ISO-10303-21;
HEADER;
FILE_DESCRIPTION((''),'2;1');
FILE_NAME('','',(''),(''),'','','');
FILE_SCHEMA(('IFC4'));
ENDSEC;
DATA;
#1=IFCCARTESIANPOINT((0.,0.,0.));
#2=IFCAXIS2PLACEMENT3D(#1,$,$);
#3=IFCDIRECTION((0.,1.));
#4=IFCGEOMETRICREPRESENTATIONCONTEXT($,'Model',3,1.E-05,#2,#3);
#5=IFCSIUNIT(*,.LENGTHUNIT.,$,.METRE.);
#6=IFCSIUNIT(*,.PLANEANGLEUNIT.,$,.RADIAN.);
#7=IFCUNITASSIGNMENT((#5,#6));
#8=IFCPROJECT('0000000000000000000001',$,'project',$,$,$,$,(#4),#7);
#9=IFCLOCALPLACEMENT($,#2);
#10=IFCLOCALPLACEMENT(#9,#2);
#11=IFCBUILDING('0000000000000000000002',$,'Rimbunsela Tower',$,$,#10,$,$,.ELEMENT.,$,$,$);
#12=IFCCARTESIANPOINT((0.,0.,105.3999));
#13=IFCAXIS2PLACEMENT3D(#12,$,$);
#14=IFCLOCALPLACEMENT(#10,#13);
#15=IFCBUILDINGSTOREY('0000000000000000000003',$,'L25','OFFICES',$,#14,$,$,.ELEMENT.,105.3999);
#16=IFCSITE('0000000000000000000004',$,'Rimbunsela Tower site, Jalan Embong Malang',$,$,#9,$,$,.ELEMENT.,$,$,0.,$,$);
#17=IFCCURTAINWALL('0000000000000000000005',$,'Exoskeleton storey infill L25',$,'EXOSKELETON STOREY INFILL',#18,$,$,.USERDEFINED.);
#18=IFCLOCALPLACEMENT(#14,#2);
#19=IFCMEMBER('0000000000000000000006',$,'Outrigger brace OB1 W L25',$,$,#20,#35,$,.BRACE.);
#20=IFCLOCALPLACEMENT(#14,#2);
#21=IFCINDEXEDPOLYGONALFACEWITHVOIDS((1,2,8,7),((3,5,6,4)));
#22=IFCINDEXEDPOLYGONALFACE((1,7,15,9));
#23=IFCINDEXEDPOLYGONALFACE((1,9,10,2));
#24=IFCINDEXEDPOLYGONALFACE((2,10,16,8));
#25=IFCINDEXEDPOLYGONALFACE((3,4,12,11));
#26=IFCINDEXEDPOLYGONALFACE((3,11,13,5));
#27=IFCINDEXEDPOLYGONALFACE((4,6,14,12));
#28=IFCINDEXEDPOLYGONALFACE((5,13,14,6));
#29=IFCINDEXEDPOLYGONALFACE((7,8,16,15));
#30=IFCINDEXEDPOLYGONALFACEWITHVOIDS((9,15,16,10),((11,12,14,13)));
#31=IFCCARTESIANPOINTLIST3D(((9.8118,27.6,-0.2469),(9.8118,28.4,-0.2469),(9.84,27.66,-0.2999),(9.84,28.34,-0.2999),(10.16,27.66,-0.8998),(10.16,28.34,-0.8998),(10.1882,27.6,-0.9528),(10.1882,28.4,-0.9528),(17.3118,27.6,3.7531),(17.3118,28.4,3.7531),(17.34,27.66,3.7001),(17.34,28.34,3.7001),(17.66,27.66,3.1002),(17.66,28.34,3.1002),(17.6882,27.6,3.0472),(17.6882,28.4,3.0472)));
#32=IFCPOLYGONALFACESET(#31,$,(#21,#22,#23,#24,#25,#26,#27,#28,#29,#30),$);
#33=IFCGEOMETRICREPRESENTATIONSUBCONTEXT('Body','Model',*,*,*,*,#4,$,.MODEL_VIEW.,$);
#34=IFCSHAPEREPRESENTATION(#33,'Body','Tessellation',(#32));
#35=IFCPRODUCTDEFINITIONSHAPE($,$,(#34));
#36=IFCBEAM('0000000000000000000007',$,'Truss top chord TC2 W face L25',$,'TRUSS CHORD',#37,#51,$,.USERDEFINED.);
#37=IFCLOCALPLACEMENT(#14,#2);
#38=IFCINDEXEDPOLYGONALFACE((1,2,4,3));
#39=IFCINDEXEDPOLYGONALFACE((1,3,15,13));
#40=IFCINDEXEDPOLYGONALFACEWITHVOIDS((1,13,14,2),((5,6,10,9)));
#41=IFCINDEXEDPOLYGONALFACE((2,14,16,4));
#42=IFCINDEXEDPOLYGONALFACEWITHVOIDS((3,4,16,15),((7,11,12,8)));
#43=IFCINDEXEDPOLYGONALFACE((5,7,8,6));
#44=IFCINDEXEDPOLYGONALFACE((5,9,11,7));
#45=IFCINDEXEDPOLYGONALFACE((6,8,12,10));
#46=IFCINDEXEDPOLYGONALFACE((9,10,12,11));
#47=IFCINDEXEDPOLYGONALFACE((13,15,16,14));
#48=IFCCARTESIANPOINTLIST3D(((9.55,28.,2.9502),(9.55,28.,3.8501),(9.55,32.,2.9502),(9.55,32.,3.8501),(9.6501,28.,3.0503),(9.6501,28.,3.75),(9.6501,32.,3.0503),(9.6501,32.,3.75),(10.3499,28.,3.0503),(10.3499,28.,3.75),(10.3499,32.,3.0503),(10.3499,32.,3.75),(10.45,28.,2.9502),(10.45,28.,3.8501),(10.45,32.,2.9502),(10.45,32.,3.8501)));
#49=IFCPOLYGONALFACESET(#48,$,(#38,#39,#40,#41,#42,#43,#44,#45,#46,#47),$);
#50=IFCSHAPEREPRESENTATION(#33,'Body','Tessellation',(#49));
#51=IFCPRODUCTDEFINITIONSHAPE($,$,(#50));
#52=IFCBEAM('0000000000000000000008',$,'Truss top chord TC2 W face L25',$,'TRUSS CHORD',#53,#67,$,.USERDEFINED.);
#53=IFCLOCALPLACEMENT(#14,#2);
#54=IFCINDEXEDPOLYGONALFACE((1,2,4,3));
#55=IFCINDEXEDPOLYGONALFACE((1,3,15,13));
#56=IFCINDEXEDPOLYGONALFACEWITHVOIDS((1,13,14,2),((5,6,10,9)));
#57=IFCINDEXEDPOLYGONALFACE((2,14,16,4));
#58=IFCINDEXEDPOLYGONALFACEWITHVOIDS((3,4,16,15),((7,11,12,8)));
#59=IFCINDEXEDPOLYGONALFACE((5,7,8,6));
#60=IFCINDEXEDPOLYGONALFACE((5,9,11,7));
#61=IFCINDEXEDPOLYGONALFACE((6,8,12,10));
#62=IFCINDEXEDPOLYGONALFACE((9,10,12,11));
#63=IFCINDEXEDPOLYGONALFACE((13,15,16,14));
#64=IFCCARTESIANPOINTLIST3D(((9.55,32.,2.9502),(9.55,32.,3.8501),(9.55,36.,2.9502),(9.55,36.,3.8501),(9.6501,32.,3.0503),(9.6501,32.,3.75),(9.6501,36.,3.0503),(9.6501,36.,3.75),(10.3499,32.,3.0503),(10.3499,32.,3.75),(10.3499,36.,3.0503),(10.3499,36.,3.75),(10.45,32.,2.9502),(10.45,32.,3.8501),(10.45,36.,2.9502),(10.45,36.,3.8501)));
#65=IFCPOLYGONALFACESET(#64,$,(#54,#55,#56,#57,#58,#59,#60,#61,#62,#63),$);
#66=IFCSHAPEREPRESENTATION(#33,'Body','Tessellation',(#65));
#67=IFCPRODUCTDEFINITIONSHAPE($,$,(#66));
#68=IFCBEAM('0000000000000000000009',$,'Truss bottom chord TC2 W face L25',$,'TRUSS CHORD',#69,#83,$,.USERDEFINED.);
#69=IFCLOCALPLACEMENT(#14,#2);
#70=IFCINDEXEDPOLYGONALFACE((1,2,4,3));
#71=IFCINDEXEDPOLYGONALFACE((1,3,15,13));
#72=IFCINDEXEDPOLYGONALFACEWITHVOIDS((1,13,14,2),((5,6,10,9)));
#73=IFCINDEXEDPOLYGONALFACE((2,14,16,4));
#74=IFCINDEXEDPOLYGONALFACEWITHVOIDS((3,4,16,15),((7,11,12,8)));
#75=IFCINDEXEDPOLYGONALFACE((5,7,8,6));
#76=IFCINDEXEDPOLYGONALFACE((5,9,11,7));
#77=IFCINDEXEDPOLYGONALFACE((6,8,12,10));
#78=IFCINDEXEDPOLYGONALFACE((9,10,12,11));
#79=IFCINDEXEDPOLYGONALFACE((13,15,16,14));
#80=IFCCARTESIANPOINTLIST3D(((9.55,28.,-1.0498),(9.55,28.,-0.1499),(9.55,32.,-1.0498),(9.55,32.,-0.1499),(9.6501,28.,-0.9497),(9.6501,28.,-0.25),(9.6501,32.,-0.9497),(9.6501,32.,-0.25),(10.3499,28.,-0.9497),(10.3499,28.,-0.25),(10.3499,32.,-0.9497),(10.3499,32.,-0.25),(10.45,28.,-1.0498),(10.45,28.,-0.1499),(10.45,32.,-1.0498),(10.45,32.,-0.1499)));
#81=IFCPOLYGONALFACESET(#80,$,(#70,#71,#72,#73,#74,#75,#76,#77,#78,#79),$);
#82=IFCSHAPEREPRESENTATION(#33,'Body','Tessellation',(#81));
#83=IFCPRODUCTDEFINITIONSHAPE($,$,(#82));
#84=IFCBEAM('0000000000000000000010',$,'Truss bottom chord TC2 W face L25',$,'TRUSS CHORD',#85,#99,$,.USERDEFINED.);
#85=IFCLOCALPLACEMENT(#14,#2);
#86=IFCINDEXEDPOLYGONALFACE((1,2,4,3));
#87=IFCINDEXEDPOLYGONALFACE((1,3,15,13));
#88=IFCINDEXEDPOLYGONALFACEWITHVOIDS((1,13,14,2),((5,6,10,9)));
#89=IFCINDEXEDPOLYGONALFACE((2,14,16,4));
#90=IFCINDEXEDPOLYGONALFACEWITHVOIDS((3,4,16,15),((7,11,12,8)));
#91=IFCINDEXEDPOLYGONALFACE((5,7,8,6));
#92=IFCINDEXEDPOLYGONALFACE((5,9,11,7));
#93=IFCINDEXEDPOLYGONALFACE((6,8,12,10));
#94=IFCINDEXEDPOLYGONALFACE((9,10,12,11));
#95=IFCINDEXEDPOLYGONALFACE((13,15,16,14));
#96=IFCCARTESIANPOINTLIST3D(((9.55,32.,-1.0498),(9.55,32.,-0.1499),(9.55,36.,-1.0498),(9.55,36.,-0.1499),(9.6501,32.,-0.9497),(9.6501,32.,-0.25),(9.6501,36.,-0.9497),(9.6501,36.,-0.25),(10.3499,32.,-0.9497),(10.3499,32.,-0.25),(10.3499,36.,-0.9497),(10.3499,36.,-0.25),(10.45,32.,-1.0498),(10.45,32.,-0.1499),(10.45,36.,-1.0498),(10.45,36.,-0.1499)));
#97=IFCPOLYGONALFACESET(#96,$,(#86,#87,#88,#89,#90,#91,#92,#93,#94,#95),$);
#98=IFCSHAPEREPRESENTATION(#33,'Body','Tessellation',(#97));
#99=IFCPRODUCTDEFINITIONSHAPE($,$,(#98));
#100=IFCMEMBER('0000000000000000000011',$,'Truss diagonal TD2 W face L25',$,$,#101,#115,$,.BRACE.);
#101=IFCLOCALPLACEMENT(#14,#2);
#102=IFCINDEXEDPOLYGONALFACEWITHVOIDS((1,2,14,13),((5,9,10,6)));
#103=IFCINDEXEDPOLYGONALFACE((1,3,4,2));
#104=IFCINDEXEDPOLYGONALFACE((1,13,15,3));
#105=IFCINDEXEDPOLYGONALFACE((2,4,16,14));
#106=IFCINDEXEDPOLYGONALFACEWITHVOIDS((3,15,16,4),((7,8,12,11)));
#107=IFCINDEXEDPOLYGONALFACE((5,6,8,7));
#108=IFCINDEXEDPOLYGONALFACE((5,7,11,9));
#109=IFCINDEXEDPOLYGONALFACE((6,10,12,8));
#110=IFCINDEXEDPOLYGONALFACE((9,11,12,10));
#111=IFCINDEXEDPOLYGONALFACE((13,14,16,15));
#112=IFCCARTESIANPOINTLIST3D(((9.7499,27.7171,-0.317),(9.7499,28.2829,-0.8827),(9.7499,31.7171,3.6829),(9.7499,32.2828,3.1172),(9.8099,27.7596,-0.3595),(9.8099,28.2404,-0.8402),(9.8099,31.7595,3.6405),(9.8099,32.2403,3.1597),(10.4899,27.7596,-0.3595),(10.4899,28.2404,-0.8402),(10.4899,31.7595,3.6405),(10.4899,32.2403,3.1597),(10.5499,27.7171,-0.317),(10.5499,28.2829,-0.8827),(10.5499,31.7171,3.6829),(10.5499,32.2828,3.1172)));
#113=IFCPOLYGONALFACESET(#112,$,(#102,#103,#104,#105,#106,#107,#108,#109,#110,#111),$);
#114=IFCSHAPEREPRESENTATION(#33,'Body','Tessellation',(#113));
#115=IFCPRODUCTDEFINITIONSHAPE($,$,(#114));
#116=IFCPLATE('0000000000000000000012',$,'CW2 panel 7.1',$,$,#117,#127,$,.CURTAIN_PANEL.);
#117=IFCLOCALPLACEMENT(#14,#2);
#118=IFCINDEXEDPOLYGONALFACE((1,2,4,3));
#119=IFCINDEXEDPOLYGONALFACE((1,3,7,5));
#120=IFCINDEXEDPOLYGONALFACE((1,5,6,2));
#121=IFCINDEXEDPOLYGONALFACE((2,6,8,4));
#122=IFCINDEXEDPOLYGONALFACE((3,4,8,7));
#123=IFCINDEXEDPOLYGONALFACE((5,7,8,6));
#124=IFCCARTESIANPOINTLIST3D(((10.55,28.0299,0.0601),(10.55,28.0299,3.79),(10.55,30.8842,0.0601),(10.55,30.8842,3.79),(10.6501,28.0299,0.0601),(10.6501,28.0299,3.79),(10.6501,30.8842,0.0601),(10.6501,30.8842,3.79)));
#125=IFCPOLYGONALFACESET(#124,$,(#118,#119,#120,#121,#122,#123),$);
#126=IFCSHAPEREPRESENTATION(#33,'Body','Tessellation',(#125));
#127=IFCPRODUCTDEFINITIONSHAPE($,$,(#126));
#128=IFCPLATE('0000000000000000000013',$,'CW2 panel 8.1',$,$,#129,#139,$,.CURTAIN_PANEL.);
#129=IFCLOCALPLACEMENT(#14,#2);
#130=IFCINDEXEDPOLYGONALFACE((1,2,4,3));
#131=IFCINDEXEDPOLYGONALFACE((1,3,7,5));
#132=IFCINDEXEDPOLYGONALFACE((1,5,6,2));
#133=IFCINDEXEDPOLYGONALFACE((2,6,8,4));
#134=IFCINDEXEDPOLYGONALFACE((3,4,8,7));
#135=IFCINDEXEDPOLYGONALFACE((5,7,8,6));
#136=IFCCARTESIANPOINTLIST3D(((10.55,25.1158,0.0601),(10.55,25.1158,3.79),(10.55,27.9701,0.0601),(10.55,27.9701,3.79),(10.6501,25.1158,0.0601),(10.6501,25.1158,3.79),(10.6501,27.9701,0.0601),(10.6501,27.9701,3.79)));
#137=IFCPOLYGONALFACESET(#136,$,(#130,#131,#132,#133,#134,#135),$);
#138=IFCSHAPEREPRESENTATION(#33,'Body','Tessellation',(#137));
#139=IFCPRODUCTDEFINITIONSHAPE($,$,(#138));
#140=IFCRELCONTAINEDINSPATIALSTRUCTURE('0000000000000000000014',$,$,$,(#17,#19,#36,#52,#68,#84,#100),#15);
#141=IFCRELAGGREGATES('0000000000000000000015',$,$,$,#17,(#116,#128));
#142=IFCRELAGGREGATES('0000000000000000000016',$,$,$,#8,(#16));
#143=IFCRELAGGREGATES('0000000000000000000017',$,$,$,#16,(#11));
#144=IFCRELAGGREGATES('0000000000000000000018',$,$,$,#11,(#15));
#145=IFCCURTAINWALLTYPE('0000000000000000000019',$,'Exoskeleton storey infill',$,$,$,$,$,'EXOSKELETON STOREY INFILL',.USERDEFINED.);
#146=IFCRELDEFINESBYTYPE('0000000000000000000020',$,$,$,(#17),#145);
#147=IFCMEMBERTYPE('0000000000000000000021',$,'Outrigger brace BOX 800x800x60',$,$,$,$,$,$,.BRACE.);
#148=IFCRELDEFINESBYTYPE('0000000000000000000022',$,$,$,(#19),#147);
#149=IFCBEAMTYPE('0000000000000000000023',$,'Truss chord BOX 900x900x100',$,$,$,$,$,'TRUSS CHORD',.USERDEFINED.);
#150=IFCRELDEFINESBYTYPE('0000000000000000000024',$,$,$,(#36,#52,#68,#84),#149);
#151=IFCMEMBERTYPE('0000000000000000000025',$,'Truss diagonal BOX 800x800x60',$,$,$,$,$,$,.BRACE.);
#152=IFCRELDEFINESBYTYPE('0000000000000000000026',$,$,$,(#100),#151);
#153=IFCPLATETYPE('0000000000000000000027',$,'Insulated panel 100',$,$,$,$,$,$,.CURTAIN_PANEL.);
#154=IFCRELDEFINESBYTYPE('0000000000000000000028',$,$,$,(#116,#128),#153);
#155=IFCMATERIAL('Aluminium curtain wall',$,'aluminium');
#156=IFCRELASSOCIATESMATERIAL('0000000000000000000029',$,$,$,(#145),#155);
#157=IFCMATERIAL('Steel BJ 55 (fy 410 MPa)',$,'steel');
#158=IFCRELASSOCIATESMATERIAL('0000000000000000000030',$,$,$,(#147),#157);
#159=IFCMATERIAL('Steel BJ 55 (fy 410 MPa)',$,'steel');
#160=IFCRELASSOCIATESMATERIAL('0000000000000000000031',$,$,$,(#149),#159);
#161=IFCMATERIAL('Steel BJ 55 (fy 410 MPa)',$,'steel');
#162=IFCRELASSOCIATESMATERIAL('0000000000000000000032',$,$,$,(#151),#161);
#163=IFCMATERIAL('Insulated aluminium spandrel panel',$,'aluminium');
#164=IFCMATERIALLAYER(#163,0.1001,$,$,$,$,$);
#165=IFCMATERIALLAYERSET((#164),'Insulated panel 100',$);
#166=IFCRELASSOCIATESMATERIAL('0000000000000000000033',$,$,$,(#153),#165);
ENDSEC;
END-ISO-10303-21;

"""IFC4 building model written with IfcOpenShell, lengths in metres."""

from ifc_helpers import new_model, si_unit, direction, frame, origin, origin_2d, place, context, subcontext, project, spatial, rectangle, hollow_rectangle, extrude, material, layer, layer_set, material_profile, profile_set, type_object, element, aggregate, save


model = new_model("IFC4")

# Units and contexts
model_context = context("Model", 3, precision=1e-05, world=origin(), true_north=direction((0.0, 1.0)))
body_context = subcontext(model_context, "Body", "Model", "MODEL_VIEW")
ifc_project = project(units=[si_unit("LENGTHUNIT", "METRE"), si_unit("PLANEANGLEUNIT", "RADIAN")], contexts=[model_context])

# Site, building, storey
site_placement = place(None, origin())
site = spatial("IfcSite", under=ifc_project, at=site_placement, Name="Rimbunsela Tower site, Jalan Embong Malang", CompositionType="ELEMENT", RefElevation=0.0)
building_placement = place(site_placement, origin())
building = spatial("IfcBuilding", under=site, at=building_placement, Name="Rimbunsela Tower", CompositionType="ELEMENT")
storey_placement = place(building_placement, frame((0.0, 0.0, 105.3999)))
storey = spatial("IfcBuildingStorey", under=building, at=storey_placement, Name="L25", Description="OFFICES", CompositionType="ELEMENT", Elevation=105.3999)

# Curtain wall
ifc_material_1 = material(Name="Aluminium curtain wall", Category="aluminium")
curtain_wall_type = type_object("IfcCurtainWallType", Name="Exoskeleton storey infill", ElementType="EXOSKELETON STOREY INFILL", PredefinedType="USERDEFINED", material=ifc_material_1)
curtain_wall_placement = place(storey_placement, origin())
curtain_wall = element("IfcCurtainWall", 1, at=curtain_wall_placement, inside=storey, type_object=curtain_wall_type, Name="Exoskeleton storey infill L25", ObjectType="EXOSKELETON STOREY INFILL", PredefinedType="USERDEFINED")

# Member
ifc_material_2 = material(Name="Steel BJ 55 (fy 410 MPa)", Category="steel")
ifc_material_profile_1 = material_profile(ifc_material_2, hollow_rectangle(XDim=0.8, YDim=0.8, WallThickness=0.0601, at=origin_2d()), Name="BOX 800x800x60")
ifc_profile_set_1 = profile_set([ifc_material_profile_1], Name="Steel BJ 55 (fy 410 MPa)")
member_type_1 = type_object("IfcMemberType", Name="Outrigger brace BOX 800x800x60", PredefinedType="BRACE", material=ifc_profile_set_1)
member_1_placement = place(storey_placement, frame((10.0, 28.0, -0.5999), z_axis=(0.882353, 0.0, 0.470588), x_axis=(0.0, 1.0, 0.0)))
element("IfcMember", 2, at=member_1_placement, inside=storey, type_object=member_type_1, Name="Outrigger brace OB1 W L25", PredefinedType="BRACE", context=body_context, shape_type="SweptSolid", body=[
    extrude(hollow_rectangle(XDim=0.8, YDim=0.8, WallThickness=0.0601, at=origin_2d()), origin(), (0.0, 0.0, 1.0), 8.5),
])

# Beams
ifc_material_3 = material(Name="Steel BJ 55 (fy 410 MPa)", Category="steel")
ifc_material_profile_2 = material_profile(ifc_material_3, hollow_rectangle(XDim=0.8999, YDim=0.8999, WallThickness=0.1001, at=origin_2d()), Name="BOX 900x900x100")
ifc_profile_set_2 = profile_set([ifc_material_profile_2], Name="Steel BJ 55 (fy 410 MPa)")
beam_type_1 = type_object("IfcBeamType", Name="Truss chord BOX 900x900x100", ElementType="TRUSS CHORD", PredefinedType="USERDEFINED", material=ifc_profile_set_2)
for number, where, z_axis, x_axis, name in (
    (3, (10.0, 28.0, 3.4001), (0.0, 1.0, 0.0), (-1.0, 0.0, 0.0), "Truss top chord TC2 W face L25"),
    (4, (10.0, 32.0, 3.4001), (0.0, 1.0, 0.0), (-1.0, 0.0, 0.0), "Truss top chord TC2 W face L25"),
    (5, (10.0, 28.0, -0.5999), (0.0, 1.0, 0.0), (-1.0, 0.0, 0.0), "Truss bottom chord TC2 W face L25"),
    (6, (10.0, 32.0, -0.5999), (0.0, 1.0, 0.0), (-1.0, 0.0, 0.0), "Truss bottom chord TC2 W face L25"),
):
    element("IfcBeam", number, at=place(storey_placement, frame(where, z_axis=z_axis, x_axis=x_axis)), inside=storey, type_object=beam_type_1, Name=name, ObjectType="TRUSS CHORD", PredefinedType="USERDEFINED", context=body_context, shape_type="SweptSolid", body=[
        extrude(hollow_rectangle(XDim=0.8999, YDim=0.8999, WallThickness=0.1001, at=origin_2d()), origin(), (0.0, 0.0, 1.0), 4.0),
    ])

# Member
ifc_material_4 = material(Name="Steel BJ 55 (fy 410 MPa)", Category="steel")
ifc_material_profile_3 = material_profile(ifc_material_4, hollow_rectangle(XDim=0.8, YDim=0.8, WallThickness=0.0601, at=origin_2d()), Name="BOX 800x800x60")
ifc_profile_set_3 = profile_set([ifc_material_profile_3], Name="Steel BJ 55 (fy 410 MPa)")
member_type_2 = type_object("IfcMemberType", Name="Truss diagonal BOX 800x800x60", PredefinedType="BRACE", material=ifc_profile_set_3)
member_2_placement = place(storey_placement, frame((10.1499, 28.0, -0.5999), z_axis=(0.0, 0.707107, 0.707107), x_axis=(-1.0, 0.0, 0.0)))
element("IfcMember", 7, at=member_2_placement, inside=storey, type_object=member_type_2, Name="Truss diagonal TD2 W face L25", PredefinedType="BRACE", context=body_context, shape_type="SweptSolid", body=[
    extrude(hollow_rectangle(XDim=0.8, YDim=0.8, WallThickness=0.0601, at=origin_2d()), origin(), (0.0, 0.0, 1.0), 5.6567),
])

# Plates
ifc_material_5 = material(Name="Insulated aluminium spandrel panel", Category="aluminium")
ifc_layer = layer(ifc_material_5, 0.1001)
ifc_layer_set = layer_set([ifc_layer], Name="Insulated panel 100")
plate_type = type_object("IfcPlateType", Name="Insulated panel 100", PredefinedType="CURTAIN_PANEL", material=ifc_layer_set)
plate_1_placement = place(storey_placement, frame((10.6001, 29.457, 0.0601), z_axis=(0.0, 0.0, 1.0), x_axis=(0.0, -1.0, 0.0)))
plate_1 = element("IfcPlate", 8, at=plate_1_placement, type_object=plate_type, Name="CW2 panel 7.1", PredefinedType="CURTAIN_PANEL", context=body_context, shape_type="SweptSolid", body=[
    extrude(rectangle(XDim=2.8542, YDim=0.1001, at=origin_2d()), origin(), (0.0, 0.0, 1.0), 3.73),
])
plate_2_placement = place(storey_placement, frame((10.6001, 26.543, 0.0601), z_axis=(0.0, 0.0, 1.0), x_axis=(0.0, -1.0, 0.0)))
plate_2 = element("IfcPlate", 9, at=plate_2_placement, type_object=plate_type, Name="CW2 panel 8.1", PredefinedType="CURTAIN_PANEL", context=body_context, shape_type="SweptSolid", body=[
    extrude(rectangle(XDim=2.8542, YDim=0.1001, at=origin_2d()), origin(), (0.0, 0.0, 1.0), 3.73),
])
aggregate(curtain_wall, [plate_1, plate_2])

save(model, "model.ifc")
